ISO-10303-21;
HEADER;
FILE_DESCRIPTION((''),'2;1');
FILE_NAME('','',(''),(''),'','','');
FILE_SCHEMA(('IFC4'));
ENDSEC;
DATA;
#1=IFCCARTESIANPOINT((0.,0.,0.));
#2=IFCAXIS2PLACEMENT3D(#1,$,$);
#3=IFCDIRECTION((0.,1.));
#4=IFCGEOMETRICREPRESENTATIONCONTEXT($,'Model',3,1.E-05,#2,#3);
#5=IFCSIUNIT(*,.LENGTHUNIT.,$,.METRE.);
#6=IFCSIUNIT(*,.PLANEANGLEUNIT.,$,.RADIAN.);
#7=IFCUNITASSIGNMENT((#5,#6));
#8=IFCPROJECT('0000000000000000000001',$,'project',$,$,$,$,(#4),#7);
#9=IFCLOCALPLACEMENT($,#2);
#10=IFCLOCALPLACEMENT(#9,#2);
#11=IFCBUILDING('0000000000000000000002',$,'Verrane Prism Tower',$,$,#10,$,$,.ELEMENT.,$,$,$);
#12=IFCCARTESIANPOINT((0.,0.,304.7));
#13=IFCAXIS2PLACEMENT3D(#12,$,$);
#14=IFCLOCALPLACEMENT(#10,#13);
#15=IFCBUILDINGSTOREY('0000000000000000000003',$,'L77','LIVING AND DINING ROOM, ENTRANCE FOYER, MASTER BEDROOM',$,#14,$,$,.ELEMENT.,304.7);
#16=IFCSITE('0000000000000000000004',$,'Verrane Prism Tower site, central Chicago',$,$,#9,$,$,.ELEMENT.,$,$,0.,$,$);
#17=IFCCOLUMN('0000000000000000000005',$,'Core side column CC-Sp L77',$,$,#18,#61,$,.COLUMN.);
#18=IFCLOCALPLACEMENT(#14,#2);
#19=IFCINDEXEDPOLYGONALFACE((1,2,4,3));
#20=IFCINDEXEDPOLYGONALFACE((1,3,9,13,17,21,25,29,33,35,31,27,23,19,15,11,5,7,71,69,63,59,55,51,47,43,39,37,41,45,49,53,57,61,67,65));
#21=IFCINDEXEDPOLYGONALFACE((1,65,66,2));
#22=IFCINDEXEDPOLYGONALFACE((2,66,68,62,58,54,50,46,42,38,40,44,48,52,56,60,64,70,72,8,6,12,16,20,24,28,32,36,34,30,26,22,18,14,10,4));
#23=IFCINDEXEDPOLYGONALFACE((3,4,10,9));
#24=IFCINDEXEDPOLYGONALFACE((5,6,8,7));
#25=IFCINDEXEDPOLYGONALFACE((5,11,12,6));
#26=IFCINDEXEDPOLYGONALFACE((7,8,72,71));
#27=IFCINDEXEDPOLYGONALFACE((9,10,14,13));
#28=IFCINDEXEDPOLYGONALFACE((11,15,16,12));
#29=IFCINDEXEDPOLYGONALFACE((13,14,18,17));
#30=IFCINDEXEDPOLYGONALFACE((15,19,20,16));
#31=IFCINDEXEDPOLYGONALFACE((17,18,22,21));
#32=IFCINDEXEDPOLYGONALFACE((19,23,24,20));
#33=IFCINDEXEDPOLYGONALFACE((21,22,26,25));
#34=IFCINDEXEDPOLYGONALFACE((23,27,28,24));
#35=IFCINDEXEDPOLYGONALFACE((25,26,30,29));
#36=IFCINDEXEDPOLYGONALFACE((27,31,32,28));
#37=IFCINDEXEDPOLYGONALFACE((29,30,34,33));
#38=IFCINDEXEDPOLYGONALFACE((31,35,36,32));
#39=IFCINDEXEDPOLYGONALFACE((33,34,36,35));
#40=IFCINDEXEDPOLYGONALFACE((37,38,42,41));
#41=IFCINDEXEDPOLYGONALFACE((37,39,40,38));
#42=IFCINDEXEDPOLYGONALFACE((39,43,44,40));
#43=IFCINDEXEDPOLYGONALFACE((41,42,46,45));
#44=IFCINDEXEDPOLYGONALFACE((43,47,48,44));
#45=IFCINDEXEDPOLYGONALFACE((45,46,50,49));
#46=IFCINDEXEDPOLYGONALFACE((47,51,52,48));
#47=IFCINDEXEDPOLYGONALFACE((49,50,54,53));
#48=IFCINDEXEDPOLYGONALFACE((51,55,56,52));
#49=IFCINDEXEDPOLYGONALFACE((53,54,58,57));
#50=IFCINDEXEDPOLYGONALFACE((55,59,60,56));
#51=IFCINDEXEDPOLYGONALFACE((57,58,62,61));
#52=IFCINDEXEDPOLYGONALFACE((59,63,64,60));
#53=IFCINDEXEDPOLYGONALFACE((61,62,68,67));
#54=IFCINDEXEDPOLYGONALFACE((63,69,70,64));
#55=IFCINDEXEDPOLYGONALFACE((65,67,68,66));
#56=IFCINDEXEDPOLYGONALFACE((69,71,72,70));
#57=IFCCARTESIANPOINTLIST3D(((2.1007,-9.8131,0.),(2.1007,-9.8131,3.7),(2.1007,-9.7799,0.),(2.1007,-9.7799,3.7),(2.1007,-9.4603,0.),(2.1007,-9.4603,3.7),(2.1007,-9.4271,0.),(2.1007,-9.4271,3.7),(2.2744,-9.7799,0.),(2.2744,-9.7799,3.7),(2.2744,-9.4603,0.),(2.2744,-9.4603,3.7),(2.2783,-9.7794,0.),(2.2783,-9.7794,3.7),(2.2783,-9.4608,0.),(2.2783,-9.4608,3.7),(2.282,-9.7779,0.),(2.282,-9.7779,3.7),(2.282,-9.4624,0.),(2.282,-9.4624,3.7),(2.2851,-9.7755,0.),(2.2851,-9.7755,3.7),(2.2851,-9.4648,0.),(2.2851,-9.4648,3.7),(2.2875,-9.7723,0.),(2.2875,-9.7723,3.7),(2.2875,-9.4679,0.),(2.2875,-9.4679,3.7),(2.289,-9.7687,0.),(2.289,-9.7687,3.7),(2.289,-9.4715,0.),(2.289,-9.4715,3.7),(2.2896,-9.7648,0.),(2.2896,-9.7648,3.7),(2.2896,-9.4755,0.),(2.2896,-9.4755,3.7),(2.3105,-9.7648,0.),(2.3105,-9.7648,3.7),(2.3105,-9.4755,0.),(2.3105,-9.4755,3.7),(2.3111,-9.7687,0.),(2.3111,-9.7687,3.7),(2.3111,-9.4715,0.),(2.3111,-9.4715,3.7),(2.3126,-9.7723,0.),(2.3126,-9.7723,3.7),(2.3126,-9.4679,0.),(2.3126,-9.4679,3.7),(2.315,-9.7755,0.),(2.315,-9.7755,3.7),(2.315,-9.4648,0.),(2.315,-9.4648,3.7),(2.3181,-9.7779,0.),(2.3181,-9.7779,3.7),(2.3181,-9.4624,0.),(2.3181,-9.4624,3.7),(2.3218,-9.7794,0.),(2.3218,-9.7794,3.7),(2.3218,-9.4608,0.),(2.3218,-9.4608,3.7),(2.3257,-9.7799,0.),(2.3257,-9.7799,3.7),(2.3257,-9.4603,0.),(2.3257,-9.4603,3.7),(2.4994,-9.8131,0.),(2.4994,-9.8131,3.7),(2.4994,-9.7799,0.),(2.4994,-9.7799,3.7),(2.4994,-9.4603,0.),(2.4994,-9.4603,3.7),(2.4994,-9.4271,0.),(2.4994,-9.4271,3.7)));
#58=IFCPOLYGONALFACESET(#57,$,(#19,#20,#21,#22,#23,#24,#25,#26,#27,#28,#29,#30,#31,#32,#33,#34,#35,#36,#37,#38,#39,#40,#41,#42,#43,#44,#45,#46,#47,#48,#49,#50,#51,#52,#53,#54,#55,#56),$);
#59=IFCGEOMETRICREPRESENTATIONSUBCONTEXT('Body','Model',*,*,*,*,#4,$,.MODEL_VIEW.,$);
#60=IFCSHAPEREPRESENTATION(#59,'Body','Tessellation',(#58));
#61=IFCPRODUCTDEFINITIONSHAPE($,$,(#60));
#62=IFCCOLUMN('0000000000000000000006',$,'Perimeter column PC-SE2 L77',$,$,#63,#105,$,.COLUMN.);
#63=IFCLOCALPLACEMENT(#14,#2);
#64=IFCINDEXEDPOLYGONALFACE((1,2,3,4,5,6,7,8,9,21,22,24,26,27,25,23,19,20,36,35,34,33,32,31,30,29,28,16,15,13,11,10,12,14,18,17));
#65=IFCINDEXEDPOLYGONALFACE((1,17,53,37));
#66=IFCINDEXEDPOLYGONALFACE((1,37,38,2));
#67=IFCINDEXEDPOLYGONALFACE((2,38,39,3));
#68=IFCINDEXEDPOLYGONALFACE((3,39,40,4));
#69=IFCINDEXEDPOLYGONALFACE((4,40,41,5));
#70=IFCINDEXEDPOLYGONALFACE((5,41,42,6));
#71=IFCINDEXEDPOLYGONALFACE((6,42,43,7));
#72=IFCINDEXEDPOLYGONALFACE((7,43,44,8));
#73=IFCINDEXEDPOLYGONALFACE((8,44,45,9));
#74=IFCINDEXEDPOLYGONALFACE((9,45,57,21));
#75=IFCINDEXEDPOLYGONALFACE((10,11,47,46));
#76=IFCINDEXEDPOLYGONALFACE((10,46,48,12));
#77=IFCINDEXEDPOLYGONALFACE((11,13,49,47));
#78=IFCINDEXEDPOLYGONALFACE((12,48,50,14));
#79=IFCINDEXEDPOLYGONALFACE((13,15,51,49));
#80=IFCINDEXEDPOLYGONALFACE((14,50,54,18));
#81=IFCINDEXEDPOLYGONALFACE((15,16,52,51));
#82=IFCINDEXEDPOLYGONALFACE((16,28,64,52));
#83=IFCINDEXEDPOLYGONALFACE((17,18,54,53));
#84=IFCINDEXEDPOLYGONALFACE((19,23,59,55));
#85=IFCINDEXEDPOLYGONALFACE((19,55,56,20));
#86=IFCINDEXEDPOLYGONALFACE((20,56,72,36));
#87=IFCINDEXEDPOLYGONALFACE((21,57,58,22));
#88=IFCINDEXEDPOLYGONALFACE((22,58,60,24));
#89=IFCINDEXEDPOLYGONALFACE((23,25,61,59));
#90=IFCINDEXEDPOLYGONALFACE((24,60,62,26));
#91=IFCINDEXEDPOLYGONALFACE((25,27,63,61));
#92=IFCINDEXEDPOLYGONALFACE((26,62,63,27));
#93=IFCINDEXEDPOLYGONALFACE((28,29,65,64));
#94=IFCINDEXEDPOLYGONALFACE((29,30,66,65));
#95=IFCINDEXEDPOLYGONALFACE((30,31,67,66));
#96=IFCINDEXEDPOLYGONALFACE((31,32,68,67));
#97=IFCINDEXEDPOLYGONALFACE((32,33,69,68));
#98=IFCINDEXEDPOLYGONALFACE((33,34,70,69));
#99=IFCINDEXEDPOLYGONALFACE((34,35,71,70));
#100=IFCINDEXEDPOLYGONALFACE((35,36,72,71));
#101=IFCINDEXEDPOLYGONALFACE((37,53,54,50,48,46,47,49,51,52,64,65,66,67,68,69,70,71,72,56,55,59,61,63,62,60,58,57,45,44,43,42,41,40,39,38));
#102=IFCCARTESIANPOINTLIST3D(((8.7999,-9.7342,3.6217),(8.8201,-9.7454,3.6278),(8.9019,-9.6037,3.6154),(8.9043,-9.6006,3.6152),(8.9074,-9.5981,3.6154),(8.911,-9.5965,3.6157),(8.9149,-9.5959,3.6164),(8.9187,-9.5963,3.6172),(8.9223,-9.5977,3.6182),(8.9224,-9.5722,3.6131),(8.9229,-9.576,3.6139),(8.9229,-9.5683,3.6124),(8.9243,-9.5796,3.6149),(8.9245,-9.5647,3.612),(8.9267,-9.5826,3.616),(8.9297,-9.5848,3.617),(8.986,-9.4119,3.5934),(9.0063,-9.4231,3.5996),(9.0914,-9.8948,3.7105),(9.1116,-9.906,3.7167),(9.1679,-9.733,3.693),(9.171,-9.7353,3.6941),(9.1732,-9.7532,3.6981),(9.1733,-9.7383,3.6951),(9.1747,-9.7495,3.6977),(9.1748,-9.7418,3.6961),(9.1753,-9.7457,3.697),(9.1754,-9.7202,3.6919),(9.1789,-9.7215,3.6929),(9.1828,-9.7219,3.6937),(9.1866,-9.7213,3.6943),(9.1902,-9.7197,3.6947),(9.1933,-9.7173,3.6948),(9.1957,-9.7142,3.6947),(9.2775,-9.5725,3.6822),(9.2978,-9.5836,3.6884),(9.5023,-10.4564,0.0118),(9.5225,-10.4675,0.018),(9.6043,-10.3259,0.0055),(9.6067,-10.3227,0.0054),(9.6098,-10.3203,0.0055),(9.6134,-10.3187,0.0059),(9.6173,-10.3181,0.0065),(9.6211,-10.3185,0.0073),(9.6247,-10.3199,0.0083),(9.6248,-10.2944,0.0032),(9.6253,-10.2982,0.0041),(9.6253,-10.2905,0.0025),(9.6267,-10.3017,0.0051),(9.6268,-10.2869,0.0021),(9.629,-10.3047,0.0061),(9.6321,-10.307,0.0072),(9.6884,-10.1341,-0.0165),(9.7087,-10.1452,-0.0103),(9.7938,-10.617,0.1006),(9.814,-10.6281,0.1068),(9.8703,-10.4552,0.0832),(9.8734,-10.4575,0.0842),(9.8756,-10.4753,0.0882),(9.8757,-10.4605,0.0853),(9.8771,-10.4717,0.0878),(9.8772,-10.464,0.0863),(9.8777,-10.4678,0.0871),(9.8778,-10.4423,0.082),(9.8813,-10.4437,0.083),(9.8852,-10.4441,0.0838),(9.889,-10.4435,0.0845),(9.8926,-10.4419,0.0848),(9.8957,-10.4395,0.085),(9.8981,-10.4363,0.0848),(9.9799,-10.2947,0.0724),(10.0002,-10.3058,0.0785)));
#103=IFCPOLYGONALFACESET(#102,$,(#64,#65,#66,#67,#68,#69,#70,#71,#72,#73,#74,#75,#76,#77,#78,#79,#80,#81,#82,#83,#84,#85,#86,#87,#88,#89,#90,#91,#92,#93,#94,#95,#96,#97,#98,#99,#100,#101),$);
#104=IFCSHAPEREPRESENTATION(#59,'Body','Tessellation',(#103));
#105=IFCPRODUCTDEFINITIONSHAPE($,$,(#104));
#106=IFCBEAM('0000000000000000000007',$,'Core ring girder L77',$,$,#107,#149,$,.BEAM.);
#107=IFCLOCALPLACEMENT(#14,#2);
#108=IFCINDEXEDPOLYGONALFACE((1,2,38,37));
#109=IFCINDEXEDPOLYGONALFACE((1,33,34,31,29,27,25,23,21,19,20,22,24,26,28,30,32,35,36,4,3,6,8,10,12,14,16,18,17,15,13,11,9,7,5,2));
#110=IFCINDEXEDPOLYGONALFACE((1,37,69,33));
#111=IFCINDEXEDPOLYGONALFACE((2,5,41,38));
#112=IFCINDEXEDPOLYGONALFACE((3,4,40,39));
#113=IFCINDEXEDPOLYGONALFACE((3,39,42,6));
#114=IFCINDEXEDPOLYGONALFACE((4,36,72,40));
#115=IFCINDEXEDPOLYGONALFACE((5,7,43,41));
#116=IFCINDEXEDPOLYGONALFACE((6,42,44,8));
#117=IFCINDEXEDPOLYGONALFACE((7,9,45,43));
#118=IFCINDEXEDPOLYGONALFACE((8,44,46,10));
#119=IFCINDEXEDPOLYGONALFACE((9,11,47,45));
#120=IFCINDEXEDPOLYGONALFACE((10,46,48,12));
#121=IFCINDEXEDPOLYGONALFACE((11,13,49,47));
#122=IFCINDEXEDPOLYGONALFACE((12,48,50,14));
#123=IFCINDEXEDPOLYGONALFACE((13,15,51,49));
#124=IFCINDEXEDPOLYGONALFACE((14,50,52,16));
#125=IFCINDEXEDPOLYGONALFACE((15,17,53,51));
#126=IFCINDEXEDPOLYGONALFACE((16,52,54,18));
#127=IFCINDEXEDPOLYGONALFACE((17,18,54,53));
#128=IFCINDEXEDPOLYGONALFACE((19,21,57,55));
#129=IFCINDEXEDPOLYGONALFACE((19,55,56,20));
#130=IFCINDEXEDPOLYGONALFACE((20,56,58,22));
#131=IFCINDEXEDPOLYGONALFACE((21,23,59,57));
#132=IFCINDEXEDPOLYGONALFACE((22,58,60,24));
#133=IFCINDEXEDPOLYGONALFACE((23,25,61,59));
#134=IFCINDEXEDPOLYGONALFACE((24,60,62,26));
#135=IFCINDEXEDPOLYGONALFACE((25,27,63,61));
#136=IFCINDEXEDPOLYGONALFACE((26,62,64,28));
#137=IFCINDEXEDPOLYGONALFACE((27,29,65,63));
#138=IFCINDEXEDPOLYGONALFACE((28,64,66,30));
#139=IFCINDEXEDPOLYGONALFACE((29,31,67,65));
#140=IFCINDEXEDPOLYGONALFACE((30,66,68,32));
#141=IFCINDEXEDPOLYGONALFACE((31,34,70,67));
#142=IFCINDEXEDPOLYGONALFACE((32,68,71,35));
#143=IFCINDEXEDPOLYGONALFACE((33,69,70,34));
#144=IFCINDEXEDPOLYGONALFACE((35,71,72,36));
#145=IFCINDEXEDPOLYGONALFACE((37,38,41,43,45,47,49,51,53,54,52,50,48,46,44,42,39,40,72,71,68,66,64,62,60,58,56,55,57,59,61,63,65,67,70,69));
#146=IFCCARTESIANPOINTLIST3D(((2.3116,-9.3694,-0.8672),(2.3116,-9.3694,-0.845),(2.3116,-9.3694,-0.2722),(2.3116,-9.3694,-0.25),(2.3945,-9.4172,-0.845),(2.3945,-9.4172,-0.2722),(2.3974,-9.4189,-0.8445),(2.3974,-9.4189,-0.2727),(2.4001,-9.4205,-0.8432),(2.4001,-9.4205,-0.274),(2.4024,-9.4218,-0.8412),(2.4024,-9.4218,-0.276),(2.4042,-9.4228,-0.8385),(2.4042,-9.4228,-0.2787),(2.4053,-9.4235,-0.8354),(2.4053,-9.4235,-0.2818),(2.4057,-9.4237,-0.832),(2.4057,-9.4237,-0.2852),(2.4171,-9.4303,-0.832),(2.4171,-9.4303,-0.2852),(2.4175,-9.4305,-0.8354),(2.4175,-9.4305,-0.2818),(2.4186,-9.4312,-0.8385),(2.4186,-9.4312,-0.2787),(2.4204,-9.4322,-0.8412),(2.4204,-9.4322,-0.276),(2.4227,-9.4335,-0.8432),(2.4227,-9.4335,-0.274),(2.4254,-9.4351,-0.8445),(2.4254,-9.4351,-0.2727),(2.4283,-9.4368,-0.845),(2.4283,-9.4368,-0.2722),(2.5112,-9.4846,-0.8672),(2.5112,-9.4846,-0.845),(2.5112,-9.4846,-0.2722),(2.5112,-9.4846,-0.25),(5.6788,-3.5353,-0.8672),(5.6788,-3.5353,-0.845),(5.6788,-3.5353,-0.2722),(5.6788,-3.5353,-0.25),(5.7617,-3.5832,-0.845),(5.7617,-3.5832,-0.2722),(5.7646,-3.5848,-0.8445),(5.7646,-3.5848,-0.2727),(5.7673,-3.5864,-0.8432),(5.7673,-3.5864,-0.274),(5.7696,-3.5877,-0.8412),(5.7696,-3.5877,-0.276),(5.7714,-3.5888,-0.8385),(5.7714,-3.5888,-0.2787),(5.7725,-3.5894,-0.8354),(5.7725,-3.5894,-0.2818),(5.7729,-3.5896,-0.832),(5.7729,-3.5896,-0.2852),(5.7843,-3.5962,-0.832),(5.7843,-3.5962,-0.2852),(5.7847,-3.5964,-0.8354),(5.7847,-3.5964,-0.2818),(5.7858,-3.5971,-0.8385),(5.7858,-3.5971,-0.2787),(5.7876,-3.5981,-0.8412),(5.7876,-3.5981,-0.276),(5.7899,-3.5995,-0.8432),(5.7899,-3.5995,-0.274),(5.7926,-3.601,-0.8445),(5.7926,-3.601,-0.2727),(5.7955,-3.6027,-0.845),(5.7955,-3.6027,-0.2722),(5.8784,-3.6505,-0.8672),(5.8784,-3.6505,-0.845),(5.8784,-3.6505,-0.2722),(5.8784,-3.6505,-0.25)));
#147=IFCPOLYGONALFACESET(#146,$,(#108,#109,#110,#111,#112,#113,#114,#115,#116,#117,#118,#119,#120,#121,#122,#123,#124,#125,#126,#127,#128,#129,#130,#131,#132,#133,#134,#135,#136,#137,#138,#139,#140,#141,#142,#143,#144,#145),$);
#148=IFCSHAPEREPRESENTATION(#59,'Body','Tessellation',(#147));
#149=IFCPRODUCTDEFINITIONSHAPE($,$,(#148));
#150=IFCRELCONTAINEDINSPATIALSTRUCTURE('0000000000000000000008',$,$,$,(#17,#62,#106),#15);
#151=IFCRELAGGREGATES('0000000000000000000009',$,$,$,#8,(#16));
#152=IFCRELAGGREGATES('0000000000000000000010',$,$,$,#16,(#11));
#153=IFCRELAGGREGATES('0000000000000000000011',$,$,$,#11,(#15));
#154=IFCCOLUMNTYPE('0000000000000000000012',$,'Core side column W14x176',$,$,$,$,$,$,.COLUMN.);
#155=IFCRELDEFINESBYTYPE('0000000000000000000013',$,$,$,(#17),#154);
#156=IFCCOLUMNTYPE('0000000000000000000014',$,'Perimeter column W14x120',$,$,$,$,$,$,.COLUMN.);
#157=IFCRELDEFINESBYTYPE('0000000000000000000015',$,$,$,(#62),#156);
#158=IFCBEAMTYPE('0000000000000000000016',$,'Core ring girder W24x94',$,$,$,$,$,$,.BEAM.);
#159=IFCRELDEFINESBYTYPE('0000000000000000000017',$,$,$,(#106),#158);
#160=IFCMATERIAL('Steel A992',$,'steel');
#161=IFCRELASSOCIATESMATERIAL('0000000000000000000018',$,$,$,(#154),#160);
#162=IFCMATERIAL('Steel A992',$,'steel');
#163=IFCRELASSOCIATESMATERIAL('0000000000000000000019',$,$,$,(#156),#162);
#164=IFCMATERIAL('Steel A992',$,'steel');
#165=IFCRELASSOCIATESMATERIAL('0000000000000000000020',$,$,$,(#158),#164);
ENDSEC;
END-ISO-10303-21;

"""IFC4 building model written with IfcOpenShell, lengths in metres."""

from ifc_helpers import new_model, si_unit, direction, frame, origin, origin_2d, place, context, subcontext, project, spatial, i_section, extrude, material, material_profile, profile_set, type_object, element, save


model = new_model("IFC4")

# Units and contexts
model_context = context("Model", 3, precision=1e-05, world=origin(), true_north=direction((0.0, 1.0)))
body_context = subcontext(model_context, "Body", "Model", "MODEL_VIEW")
ifc_project = project(units=[si_unit("LENGTHUNIT", "METRE"), si_unit("PLANEANGLEUNIT", "RADIAN")], contexts=[model_context])

# Site, building, storey
site_placement = place(None, origin())
site = spatial("IfcSite", under=ifc_project, at=site_placement, Name="Verrane Prism Tower site, central Chicago", CompositionType="ELEMENT", RefElevation=0.0)
building_placement = place(site_placement, origin())
building = spatial("IfcBuilding", under=site, at=building_placement, Name="Verrane Prism Tower", CompositionType="ELEMENT")
storey_placement = place(building_placement, frame((0.0, 0.0, 304.7)))
storey = spatial("IfcBuildingStorey", under=building, at=storey_placement, Name="L77", Description="LIVING AND DINING ROOM, ENTRANCE FOYER, MASTER BEDROOM", CompositionType="ELEMENT", Elevation=304.7)

# Columns
ifc_material_1 = material(Name="Steel A992", Category="steel")
ifc_material_profile_1 = material_profile(ifc_material_1, i_section(OverallWidth=0.3987, OverallDepth=0.386, WebThickness=0.021, FlangeThickness=0.0332, FilletRadius=0.0151, at=origin_2d()), Name="W14x176")
ifc_profile_set_1 = profile_set([ifc_material_profile_1], Name="Steel A992")
column_type_1 = type_object("IfcColumnType", Name="Core side column W14x176", PredefinedType="COLUMN", material=ifc_profile_set_1)
column_1_placement = place(storey_placement, frame((2.3, -9.6201, 0.0), z_axis=(0.0, 0.0, 1.0), x_axis=(1.0, 0.0, 0.0)))
element("IfcColumn", 1, at=column_1_placement, inside=storey, type_object=column_type_1, Name="Core side column CC-Sp L77", PredefinedType="COLUMN", context=body_context, shape_type="SweptSolid", body=[
    extrude(i_section(OverallWidth=0.3987, OverallDepth=0.386, WebThickness=0.021, FlangeThickness=0.0332, FilletRadius=0.0151, at=origin_2d()), origin(), (0.0, 0.0, 1.0), 3.7),
])
ifc_material_2 = material(Name="Steel A992", Category="steel")
ifc_material_profile_2 = material_profile(ifc_material_2, i_section(OverallWidth=0.3733, OverallDepth=0.3684, WebThickness=0.0149, FlangeThickness=0.0239, FilletRadius=0.0151, at=origin_2d()), Name="W14x120")
ifc_profile_set_2 = profile_set([ifc_material_profile_2], Name="Steel A992")
column_type_2 = type_object("IfcColumnType", Name="Perimeter column W14x120", PredefinedType="COLUMN", material=ifc_profile_set_2)
column_2_placement = place(storey_placement, frame((9.7512, -10.3811, 0.0452), z_axis=(-0.187415, 0.192691, 0.963196), x_axis=(-0.498725, -0.863449, 0.075697)))
element("IfcColumn", 2, at=column_2_placement, inside=storey, type_object=column_type_2, Name="Perimeter column PC-SE2 L77", PredefinedType="COLUMN", context=body_context, shape_type="SweptSolid", body=[
    extrude(i_section(OverallWidth=0.3733, OverallDepth=0.3684, WebThickness=0.0149, FlangeThickness=0.0239, FilletRadius=0.0151, at=origin_2d()), origin(), (0.0, 0.0, 1.0), 3.7478),
])

# Beam
ifc_material_3 = material(Name="Steel A992", Category="steel")
ifc_material_profile_3 = material_profile(ifc_material_3, i_section(OverallWidth=0.2305, OverallDepth=0.6172, WebThickness=0.0132, FlangeThickness=0.0222, FilletRadius=0.0129, at=origin_2d()), Name="W24x94")
ifc_profile_set_3 = profile_set([ifc_material_profile_3], Name="Steel A992")
beam_type_1 = type_object("IfcBeamType", Name="Core ring girder W24x94", PredefinedType="BEAM", material=ifc_profile_set_3)
beam_1_placement = place(storey_placement, frame((2.4114, -9.427, -0.5586), z_axis=(0.499881, 0.866094, 0.0), x_axis=(-0.866094, 0.499881, 0.0)))
element("IfcBeam", 3, at=beam_1_placement, inside=storey, type_object=beam_type_1, Name="Core ring girder L77", PredefinedType="BEAM", context=body_context, shape_type="SweptSolid", body=[
    extrude(i_section(OverallWidth=0.2305, OverallDepth=0.6172, WebThickness=0.0132, FlangeThickness=0.0222, FilletRadius=0.0129, at=origin_2d()), origin(), (0.0, 0.0, 1.0), 6.7361),
])

save(model, "model.ifc")
